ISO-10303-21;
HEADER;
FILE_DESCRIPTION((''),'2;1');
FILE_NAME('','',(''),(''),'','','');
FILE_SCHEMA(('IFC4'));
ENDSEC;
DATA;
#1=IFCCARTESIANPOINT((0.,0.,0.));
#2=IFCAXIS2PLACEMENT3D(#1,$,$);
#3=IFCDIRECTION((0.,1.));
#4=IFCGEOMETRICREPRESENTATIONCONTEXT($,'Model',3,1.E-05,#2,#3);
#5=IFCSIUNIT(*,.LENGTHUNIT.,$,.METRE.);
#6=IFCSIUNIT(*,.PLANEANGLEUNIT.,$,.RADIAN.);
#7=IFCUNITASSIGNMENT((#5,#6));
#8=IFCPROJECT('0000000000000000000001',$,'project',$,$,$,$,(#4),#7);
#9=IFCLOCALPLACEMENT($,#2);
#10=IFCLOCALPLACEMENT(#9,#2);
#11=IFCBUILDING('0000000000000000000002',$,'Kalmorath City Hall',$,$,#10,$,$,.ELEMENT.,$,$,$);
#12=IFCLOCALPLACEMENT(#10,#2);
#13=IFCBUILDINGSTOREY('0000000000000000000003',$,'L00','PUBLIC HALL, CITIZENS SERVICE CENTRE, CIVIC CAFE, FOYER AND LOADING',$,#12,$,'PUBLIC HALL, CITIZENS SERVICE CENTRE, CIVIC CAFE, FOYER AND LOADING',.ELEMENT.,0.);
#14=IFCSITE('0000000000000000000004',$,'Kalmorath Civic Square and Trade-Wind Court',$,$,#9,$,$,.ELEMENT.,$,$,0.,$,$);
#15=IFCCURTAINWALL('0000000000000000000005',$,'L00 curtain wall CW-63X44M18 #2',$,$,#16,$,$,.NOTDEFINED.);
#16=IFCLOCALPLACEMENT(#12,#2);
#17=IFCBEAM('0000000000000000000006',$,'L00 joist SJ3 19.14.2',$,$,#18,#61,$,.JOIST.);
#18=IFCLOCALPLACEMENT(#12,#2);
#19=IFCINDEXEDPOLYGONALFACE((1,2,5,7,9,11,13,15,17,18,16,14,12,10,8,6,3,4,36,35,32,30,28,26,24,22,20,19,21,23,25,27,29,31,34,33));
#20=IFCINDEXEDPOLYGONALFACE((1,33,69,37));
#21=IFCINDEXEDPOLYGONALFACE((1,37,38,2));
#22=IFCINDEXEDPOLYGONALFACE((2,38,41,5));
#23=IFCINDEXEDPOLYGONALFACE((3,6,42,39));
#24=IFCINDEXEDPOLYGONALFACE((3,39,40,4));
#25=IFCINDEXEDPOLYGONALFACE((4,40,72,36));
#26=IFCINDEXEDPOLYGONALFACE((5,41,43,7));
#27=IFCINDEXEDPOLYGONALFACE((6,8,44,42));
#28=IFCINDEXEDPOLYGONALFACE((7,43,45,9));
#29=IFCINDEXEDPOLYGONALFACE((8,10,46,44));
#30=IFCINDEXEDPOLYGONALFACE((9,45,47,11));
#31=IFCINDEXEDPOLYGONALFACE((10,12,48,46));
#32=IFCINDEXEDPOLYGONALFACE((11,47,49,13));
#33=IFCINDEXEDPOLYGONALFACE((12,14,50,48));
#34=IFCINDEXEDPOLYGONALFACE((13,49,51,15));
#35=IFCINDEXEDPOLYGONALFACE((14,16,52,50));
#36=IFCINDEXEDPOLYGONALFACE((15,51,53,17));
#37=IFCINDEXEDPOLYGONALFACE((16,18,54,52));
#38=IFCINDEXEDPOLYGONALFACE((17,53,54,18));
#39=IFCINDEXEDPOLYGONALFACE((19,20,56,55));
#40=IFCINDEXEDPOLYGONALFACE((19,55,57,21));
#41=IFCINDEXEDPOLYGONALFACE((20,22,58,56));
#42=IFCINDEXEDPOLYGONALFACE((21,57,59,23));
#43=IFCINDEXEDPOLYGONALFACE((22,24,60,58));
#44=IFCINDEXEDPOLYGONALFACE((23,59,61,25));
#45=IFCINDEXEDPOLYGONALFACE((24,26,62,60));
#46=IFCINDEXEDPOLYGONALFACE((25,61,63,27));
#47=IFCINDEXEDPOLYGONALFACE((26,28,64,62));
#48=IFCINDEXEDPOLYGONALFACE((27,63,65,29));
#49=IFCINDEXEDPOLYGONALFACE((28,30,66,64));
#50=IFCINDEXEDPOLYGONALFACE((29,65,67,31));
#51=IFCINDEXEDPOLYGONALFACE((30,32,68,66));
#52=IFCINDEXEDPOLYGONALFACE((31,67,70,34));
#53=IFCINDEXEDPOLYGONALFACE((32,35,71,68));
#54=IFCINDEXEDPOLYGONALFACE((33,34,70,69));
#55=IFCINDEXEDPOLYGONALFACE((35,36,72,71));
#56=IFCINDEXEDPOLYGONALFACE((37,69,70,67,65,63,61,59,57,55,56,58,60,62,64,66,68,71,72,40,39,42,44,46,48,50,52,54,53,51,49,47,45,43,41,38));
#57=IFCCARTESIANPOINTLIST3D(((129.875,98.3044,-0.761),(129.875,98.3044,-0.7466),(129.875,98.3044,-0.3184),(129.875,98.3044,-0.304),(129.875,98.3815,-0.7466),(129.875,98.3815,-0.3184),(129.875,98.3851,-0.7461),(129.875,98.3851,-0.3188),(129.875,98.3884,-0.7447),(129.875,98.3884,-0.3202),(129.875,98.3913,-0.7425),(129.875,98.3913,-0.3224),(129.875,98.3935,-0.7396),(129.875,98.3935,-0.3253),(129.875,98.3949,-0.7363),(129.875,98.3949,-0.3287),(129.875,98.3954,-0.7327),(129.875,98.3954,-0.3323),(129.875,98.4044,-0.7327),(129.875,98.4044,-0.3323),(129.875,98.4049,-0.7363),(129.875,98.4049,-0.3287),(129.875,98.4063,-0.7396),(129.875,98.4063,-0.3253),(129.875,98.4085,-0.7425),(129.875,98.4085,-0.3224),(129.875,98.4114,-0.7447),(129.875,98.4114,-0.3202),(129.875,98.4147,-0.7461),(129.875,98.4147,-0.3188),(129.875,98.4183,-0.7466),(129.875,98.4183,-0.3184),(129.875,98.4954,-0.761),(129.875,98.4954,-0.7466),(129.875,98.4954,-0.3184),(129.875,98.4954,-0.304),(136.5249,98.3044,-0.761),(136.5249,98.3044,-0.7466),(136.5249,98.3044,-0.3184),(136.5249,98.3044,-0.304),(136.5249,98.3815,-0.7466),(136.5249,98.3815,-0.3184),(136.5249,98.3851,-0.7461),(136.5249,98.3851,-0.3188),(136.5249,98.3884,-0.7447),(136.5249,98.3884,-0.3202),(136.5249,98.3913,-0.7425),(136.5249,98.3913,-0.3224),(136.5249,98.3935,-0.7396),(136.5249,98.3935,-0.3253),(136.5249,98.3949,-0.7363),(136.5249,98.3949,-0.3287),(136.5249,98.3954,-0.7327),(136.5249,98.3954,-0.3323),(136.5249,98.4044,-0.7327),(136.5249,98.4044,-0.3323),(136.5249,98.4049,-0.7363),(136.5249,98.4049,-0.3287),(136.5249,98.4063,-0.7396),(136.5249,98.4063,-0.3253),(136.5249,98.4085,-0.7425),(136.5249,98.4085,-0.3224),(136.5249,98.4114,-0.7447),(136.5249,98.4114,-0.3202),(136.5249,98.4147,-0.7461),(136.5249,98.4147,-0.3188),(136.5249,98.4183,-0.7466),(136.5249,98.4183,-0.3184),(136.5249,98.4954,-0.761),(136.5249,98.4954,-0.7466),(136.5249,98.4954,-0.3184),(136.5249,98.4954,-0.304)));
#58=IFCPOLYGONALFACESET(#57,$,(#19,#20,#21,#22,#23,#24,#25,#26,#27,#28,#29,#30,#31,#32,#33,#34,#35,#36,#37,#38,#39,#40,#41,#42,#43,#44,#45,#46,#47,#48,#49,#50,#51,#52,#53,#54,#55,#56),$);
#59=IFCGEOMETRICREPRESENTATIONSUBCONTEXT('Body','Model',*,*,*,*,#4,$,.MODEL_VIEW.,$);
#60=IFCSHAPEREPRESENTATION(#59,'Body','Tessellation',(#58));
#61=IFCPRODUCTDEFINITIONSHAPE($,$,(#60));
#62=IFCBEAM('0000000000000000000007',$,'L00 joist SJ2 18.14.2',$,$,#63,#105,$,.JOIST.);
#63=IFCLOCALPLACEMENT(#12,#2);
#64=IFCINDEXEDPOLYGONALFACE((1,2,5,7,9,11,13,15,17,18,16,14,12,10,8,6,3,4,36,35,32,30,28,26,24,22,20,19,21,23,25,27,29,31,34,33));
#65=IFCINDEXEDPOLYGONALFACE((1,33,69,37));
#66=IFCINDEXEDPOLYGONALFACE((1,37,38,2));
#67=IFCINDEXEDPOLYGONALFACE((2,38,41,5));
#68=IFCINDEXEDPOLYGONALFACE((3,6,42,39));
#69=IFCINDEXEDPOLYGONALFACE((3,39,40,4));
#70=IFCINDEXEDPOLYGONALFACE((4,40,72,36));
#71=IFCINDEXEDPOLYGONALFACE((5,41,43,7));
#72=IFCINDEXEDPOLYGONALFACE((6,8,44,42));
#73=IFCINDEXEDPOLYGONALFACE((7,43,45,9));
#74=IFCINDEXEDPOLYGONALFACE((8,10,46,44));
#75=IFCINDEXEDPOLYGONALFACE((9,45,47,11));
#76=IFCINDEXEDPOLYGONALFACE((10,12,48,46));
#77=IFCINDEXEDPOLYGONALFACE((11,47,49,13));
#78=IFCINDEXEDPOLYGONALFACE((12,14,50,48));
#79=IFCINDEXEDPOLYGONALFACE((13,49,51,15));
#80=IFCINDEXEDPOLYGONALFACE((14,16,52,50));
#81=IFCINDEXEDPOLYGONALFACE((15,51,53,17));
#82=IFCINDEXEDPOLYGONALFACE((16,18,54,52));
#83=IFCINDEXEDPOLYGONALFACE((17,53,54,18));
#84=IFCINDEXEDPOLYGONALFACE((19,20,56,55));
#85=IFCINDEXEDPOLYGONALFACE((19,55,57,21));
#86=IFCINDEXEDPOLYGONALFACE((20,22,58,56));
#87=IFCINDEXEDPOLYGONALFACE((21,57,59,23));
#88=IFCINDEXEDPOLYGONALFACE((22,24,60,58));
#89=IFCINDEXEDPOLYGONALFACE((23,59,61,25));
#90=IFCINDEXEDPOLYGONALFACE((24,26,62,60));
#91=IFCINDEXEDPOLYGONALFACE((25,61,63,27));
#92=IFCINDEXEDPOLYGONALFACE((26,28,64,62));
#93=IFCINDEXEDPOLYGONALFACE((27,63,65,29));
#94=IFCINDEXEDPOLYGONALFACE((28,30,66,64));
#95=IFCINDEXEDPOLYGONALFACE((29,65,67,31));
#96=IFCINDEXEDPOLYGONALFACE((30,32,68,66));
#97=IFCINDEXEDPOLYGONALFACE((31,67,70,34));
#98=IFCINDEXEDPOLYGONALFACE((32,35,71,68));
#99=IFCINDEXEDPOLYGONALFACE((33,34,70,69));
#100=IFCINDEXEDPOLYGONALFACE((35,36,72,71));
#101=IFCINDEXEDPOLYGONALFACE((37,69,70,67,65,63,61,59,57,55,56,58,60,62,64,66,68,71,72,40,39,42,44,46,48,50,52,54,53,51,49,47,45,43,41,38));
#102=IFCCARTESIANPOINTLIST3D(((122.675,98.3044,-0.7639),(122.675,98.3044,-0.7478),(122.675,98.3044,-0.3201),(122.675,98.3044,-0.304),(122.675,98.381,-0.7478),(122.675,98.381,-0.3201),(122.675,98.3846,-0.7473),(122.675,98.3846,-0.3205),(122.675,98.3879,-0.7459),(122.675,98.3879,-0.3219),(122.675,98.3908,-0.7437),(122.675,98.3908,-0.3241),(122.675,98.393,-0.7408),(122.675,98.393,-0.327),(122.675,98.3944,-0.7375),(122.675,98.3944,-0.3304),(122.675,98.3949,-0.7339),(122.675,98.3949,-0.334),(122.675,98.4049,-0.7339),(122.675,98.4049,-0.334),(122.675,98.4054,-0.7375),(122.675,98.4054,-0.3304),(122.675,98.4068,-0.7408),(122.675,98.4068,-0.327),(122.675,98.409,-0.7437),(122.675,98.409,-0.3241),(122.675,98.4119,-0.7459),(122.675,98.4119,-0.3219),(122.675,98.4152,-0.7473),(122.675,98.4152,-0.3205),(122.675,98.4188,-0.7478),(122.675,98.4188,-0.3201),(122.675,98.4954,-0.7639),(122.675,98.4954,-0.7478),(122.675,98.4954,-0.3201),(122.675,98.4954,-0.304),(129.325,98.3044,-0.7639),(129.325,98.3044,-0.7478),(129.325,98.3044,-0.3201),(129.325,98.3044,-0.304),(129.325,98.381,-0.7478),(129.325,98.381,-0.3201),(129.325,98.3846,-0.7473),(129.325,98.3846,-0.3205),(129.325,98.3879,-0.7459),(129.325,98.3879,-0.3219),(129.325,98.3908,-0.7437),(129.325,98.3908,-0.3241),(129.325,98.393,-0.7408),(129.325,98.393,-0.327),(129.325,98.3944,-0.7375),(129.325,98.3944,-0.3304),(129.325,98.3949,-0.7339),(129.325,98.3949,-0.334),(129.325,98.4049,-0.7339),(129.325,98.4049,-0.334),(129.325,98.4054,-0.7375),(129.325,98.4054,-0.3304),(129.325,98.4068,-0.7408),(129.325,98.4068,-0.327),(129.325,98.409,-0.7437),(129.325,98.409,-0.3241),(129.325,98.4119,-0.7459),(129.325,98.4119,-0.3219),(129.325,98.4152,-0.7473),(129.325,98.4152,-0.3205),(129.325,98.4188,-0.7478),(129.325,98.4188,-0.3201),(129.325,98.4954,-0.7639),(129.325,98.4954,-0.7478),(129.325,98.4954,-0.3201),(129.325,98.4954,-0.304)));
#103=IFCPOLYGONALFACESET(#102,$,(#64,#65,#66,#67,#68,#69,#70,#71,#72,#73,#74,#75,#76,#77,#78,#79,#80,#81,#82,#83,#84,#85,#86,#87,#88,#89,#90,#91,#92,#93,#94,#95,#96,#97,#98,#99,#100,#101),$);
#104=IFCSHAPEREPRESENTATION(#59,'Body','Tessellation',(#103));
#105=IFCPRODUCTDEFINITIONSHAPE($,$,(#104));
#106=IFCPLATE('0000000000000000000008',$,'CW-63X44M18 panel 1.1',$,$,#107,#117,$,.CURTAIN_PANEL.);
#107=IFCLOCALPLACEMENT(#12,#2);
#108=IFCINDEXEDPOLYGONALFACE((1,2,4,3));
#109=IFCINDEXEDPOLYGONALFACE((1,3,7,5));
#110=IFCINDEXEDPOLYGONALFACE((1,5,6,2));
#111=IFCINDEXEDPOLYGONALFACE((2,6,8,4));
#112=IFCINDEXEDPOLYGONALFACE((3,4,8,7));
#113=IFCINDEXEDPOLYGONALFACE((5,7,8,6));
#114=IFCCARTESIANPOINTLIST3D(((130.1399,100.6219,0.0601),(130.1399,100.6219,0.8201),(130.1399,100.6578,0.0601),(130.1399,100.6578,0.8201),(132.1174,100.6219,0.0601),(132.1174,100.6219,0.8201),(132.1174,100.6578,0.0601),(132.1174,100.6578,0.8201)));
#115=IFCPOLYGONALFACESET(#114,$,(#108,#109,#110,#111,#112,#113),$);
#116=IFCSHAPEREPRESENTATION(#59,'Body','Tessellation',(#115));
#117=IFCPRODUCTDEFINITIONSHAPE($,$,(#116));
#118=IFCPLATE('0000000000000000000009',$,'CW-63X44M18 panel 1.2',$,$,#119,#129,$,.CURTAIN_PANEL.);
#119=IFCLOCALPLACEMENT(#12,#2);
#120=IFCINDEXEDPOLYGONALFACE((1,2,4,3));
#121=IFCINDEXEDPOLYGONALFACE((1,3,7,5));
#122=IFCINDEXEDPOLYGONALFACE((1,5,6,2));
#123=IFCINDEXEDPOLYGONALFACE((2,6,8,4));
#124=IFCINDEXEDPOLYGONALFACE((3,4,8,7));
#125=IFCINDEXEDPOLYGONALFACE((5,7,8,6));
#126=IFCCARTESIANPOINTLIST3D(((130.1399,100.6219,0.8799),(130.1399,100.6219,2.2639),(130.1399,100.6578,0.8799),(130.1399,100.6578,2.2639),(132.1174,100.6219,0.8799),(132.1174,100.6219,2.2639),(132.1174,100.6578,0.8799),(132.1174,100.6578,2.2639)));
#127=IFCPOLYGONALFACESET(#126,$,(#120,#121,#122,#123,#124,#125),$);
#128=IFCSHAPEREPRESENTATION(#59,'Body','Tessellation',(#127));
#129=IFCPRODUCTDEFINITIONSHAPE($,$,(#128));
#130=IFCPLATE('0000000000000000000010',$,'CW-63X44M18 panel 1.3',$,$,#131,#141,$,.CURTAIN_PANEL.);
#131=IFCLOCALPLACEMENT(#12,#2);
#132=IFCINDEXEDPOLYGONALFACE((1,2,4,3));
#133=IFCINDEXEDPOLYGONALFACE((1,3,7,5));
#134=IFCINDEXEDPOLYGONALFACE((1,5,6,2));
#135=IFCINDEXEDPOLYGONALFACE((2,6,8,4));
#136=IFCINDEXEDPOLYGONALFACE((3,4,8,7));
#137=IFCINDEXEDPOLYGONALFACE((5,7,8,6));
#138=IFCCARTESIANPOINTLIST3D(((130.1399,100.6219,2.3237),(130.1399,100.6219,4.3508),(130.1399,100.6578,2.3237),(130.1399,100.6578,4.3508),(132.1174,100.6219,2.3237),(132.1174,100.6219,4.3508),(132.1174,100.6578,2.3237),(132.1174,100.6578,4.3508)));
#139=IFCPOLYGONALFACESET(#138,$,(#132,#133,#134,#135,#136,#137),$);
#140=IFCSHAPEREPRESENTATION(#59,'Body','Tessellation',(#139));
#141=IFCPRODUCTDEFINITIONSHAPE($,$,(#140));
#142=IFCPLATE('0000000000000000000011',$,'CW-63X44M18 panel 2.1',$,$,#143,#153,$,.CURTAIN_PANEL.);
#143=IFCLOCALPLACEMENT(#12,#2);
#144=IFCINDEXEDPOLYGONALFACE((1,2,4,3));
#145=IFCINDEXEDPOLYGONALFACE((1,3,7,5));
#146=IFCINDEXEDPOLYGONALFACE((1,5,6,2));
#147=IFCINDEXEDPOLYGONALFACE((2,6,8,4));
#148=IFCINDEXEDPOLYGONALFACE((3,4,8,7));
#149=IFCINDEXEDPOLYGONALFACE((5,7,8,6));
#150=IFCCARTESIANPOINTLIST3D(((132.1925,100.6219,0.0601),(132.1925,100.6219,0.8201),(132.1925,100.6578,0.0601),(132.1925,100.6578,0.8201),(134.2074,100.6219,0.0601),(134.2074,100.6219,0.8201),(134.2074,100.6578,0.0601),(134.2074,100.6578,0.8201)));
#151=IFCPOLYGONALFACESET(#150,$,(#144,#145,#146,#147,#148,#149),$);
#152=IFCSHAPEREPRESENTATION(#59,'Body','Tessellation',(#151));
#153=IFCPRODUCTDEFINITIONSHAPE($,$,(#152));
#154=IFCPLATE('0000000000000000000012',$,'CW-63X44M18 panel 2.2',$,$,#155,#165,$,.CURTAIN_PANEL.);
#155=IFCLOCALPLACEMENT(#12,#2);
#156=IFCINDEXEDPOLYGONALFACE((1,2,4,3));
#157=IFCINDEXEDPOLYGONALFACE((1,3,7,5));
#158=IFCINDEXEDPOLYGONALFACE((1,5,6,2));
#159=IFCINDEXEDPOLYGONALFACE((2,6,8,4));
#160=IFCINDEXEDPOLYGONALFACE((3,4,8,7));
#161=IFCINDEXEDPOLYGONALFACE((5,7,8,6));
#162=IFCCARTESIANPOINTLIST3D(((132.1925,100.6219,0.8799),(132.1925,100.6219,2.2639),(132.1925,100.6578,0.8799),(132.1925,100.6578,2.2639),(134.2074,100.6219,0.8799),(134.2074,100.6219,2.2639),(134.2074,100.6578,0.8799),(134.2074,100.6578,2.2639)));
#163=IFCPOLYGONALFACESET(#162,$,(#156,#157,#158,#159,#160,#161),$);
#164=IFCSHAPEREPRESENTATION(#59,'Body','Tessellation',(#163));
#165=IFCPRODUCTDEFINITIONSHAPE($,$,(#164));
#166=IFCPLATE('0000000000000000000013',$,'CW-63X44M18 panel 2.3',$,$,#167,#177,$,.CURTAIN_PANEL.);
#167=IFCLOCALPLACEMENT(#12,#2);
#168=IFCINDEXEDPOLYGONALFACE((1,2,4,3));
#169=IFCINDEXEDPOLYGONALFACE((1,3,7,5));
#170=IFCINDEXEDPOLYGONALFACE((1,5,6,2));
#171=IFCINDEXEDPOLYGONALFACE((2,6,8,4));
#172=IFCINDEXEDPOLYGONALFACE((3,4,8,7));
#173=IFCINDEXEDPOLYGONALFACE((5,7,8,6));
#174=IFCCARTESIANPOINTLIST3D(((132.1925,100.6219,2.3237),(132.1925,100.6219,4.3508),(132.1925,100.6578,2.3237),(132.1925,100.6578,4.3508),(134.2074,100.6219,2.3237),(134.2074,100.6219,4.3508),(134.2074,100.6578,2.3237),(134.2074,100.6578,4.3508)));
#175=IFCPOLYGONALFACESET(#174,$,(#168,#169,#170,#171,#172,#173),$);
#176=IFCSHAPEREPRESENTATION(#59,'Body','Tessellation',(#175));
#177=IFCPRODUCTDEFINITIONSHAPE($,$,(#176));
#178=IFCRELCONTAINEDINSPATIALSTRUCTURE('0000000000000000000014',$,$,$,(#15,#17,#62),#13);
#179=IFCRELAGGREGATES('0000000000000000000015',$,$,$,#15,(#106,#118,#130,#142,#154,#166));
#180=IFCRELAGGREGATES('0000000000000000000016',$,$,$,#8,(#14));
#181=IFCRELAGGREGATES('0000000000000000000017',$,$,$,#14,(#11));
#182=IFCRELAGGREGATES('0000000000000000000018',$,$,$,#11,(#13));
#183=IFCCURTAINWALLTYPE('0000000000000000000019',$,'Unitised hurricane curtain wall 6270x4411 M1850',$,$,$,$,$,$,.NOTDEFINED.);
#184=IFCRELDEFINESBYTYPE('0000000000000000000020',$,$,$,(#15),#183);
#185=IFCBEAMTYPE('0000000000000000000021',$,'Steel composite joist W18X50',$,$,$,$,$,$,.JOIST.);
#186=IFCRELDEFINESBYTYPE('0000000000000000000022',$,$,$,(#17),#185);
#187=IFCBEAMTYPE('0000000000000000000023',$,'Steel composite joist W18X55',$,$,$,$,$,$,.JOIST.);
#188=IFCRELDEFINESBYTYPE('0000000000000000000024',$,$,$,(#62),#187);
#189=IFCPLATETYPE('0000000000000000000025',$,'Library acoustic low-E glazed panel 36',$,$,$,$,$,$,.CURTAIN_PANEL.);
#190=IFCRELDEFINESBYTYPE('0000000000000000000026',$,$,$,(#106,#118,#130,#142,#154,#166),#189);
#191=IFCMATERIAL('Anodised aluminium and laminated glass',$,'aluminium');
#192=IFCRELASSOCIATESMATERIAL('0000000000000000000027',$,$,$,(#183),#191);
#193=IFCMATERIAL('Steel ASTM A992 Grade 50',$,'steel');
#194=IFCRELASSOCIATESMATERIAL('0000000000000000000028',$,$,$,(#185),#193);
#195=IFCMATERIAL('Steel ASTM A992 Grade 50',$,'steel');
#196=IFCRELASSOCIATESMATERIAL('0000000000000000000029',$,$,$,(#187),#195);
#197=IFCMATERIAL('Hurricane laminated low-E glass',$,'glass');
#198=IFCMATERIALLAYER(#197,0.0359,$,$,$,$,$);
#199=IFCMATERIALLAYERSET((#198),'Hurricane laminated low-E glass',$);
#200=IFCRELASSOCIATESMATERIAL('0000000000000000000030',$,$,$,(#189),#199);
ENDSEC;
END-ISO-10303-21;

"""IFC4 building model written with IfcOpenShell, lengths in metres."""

from ifc_helpers import new_model, si_unit, direction, frame, origin, origin_2d, place, context, subcontext, project, spatial, rectangle, i_section, extrude, material, layer, layer_set, material_profile, profile_set, type_object, element, aggregate, save


model = new_model("IFC4")

# Units and contexts
model_context = context("Model", 3, precision=1e-05, world=origin(), true_north=direction((0.0, 1.0)))
body_context = subcontext(model_context, "Body", "Model", "MODEL_VIEW")
ifc_project = project(units=[si_unit("LENGTHUNIT", "METRE"), si_unit("PLANEANGLEUNIT", "RADIAN")], contexts=[model_context])

# Site, building, storey
site_placement = place(None, origin())
site = spatial("IfcSite", under=ifc_project, at=site_placement, Name="Kalmorath Civic Square and Trade-Wind Court", CompositionType="ELEMENT", RefElevation=0.0)
building_placement = place(site_placement, origin())
building = spatial("IfcBuilding", under=site, at=building_placement, Name="Kalmorath City Hall", CompositionType="ELEMENT")
storey_placement = place(building_placement, origin())
storey = spatial("IfcBuildingStorey", under=building, at=storey_placement, Name="L00", Description="PUBLIC HALL, CITIZENS SERVICE CENTRE, CIVIC CAFE, FOYER AND LOADING", LongName="PUBLIC HALL, CITIZENS SERVICE CENTRE, CIVIC CAFE, FOYER AND LOADING", CompositionType="ELEMENT", Elevation=0.0)

# Curtain wall
ifc_material_1 = material(Name="Anodised aluminium and laminated glass", Category="aluminium")
curtain_wall_type = type_object("IfcCurtainWallType", Name="Unitised hurricane curtain wall 6270x4411 M1850", PredefinedType="NOTDEFINED", material=ifc_material_1)
curtain_wall_placement = place(storey_placement, origin())
curtain_wall = element("IfcCurtainWall", 1, at=curtain_wall_placement, inside=storey, type_object=curtain_wall_type, Name="L00 curtain wall CW-63X44M18 #2", PredefinedType="NOTDEFINED")

# Beams
ifc_material_2 = material(Name="Steel ASTM A992 Grade 50", Category="steel")
ifc_material_profile_1 = material_profile(ifc_material_2, i_section(OverallWidth=0.1909, OverallDepth=0.457, WebThickness=0.009, FlangeThickness=0.0144, FilletRadius=0.0139, at=origin_2d()), Name="W18X50")
ifc_profile_set_1 = profile_set([ifc_material_profile_1], Name="Steel ASTM A992 Grade 50")
beam_type_1 = type_object("IfcBeamType", Name="Steel composite joist W18X50", PredefinedType="JOIST", material=ifc_profile_set_1)
for number, where, z_axis, x_axis, name in (
    (2, (129.875, 98.3999, -0.5325), (1.0, 0.0, 0.0), (0.0, 1.0, 0.0), "L00 joist SJ3 19.14.2"),
):
    element("IfcBeam", number, at=place(storey_placement, frame(where, z_axis=z_axis, x_axis=x_axis)), inside=storey, type_object=beam_type_1, Name=name, PredefinedType="JOIST", context=body_context, shape_type="SweptSolid", body=[
        extrude(i_section(OverallWidth=0.1909, OverallDepth=0.457, WebThickness=0.009, FlangeThickness=0.0144, FilletRadius=0.0139, at=origin_2d()), origin(), (0.0, 0.0, 1.0), 6.6499),
    ])
ifc_material_3 = material(Name="Steel ASTM A992 Grade 50", Category="steel")
ifc_material_profile_2 = material_profile(ifc_material_3, i_section(OverallWidth=0.1909, OverallDepth=0.46, WebThickness=0.01, FlangeThickness=0.0161, FilletRadius=0.0139, at=origin_2d()), Name="W18X55")
ifc_profile_set_2 = profile_set([ifc_material_profile_2], Name="Steel ASTM A992 Grade 50")
beam_type_2 = type_object("IfcBeamType", Name="Steel composite joist W18X55", PredefinedType="JOIST", material=ifc_profile_set_2)
beam_1_placement = place(storey_placement, frame((122.675, 98.3999, -0.5339), z_axis=(1.0, 0.0, 0.0), x_axis=(0.0, 1.0, 0.0)))
element("IfcBeam", 3, at=beam_1_placement, inside=storey, type_object=beam_type_2, Name="L00 joist SJ2 18.14.2", PredefinedType="JOIST", context=body_context, shape_type="SweptSolid", body=[
    extrude(i_section(OverallWidth=0.1909, OverallDepth=0.46, WebThickness=0.01, FlangeThickness=0.0161, FilletRadius=0.0139, at=origin_2d()), origin(), (0.0, 0.0, 1.0), 6.6499),
])

# Plates
ifc_material_4 = material(Name="Hurricane laminated low-E glass", Category="glass")
ifc_layer_1 = layer(ifc_material_4, 0.0359)
ifc_layer_set_1 = layer_set([ifc_layer_1], Name="Hurricane laminated low-E glass")
plate_type = type_object("IfcPlateType", Name="Library acoustic low-E glazed panel 36", PredefinedType="CURTAIN_PANEL", material=ifc_layer_set_1)
plate_1_placement = place(storey_placement, frame((131.1287, 100.6399, 0.0601), z_axis=(0.0, 0.0, 1.0), x_axis=(1.0, 0.0, 0.0)))
plate_1 = element("IfcPlate", 4, at=plate_1_placement, type_object=plate_type, Name="CW-63X44M18 panel 1.1", PredefinedType="CURTAIN_PANEL", context=body_context, shape_type="SweptSolid", body=[
    extrude(rectangle(XDim=1.9775, YDim=0.0359, at=origin_2d()), origin(), (0.0, 0.0, 1.0), 0.76),
])
plate_2_placement = place(storey_placement, frame((131.1287, 100.6399, 0.8799), z_axis=(0.0, 0.0, 1.0), x_axis=(1.0, 0.0, 0.0)))
plate_2 = element("IfcPlate", 5, at=plate_2_placement, type_object=plate_type, Name="CW-63X44M18 panel 1.2", PredefinedType="CURTAIN_PANEL", context=body_context, shape_type="SweptSolid", body=[
    extrude(rectangle(XDim=1.9775, YDim=0.0359, at=origin_2d()), origin(), (0.0, 0.0, 1.0), 1.384),
])
plate_3_placement = place(storey_placement, frame((131.1287, 100.6399, 2.3237), z_axis=(0.0, 0.0, 1.0), x_axis=(1.0, 0.0, 0.0)))
plate_3 = element("IfcPlate", 6, at=plate_3_placement, type_object=plate_type, Name="CW-63X44M18 panel 1.3", PredefinedType="CURTAIN_PANEL", context=body_context, shape_type="SweptSolid", body=[
    extrude(rectangle(XDim=1.9775, YDim=0.0359, at=origin_2d()), origin(), (0.0, 0.0, 1.0), 2.0271),
])
plate_4_placement = place(storey_placement, frame((133.2, 100.6399, 0.0601), z_axis=(0.0, 0.0, 1.0), x_axis=(1.0, 0.0, 0.0)))
plate_4 = element("IfcPlate", 7, at=plate_4_placement, type_object=plate_type, Name="CW-63X44M18 panel 2.1", PredefinedType="CURTAIN_PANEL", context=body_context, shape_type="SweptSolid", body=[
    extrude(rectangle(XDim=2.0149, YDim=0.0359, at=origin_2d()), origin(), (0.0, 0.0, 1.0), 0.76),
])
plate_5_placement = place(storey_placement, frame((133.2, 100.6399, 0.8799), z_axis=(0.0, 0.0, 1.0), x_axis=(1.0, 0.0, 0.0)))
plate_5 = element("IfcPlate", 8, at=plate_5_placement, type_object=plate_type, Name="CW-63X44M18 panel 2.2", PredefinedType="CURTAIN_PANEL", context=body_context, shape_type="SweptSolid", body=[
    extrude(rectangle(XDim=2.0149, YDim=0.0359, at=origin_2d()), origin(), (0.0, 0.0, 1.0), 1.384),
])
plate_6_placement = place(storey_placement, frame((133.2, 100.6399, 2.3237), z_axis=(0.0, 0.0, 1.0), x_axis=(1.0, 0.0, 0.0)))
plate_6 = element("IfcPlate", 9, at=plate_6_placement, type_object=plate_type, Name="CW-63X44M18 panel 2.3", PredefinedType="CURTAIN_PANEL", context=body_context, shape_type="SweptSolid", body=[
    extrude(rectangle(XDim=2.0149, YDim=0.0359, at=origin_2d()), origin(), (0.0, 0.0, 1.0), 2.0271),
])
aggregate(curtain_wall, [plate_1, plate_2, plate_3, plate_4, plate_5, plate_6])

save(model, "model.ifc")
